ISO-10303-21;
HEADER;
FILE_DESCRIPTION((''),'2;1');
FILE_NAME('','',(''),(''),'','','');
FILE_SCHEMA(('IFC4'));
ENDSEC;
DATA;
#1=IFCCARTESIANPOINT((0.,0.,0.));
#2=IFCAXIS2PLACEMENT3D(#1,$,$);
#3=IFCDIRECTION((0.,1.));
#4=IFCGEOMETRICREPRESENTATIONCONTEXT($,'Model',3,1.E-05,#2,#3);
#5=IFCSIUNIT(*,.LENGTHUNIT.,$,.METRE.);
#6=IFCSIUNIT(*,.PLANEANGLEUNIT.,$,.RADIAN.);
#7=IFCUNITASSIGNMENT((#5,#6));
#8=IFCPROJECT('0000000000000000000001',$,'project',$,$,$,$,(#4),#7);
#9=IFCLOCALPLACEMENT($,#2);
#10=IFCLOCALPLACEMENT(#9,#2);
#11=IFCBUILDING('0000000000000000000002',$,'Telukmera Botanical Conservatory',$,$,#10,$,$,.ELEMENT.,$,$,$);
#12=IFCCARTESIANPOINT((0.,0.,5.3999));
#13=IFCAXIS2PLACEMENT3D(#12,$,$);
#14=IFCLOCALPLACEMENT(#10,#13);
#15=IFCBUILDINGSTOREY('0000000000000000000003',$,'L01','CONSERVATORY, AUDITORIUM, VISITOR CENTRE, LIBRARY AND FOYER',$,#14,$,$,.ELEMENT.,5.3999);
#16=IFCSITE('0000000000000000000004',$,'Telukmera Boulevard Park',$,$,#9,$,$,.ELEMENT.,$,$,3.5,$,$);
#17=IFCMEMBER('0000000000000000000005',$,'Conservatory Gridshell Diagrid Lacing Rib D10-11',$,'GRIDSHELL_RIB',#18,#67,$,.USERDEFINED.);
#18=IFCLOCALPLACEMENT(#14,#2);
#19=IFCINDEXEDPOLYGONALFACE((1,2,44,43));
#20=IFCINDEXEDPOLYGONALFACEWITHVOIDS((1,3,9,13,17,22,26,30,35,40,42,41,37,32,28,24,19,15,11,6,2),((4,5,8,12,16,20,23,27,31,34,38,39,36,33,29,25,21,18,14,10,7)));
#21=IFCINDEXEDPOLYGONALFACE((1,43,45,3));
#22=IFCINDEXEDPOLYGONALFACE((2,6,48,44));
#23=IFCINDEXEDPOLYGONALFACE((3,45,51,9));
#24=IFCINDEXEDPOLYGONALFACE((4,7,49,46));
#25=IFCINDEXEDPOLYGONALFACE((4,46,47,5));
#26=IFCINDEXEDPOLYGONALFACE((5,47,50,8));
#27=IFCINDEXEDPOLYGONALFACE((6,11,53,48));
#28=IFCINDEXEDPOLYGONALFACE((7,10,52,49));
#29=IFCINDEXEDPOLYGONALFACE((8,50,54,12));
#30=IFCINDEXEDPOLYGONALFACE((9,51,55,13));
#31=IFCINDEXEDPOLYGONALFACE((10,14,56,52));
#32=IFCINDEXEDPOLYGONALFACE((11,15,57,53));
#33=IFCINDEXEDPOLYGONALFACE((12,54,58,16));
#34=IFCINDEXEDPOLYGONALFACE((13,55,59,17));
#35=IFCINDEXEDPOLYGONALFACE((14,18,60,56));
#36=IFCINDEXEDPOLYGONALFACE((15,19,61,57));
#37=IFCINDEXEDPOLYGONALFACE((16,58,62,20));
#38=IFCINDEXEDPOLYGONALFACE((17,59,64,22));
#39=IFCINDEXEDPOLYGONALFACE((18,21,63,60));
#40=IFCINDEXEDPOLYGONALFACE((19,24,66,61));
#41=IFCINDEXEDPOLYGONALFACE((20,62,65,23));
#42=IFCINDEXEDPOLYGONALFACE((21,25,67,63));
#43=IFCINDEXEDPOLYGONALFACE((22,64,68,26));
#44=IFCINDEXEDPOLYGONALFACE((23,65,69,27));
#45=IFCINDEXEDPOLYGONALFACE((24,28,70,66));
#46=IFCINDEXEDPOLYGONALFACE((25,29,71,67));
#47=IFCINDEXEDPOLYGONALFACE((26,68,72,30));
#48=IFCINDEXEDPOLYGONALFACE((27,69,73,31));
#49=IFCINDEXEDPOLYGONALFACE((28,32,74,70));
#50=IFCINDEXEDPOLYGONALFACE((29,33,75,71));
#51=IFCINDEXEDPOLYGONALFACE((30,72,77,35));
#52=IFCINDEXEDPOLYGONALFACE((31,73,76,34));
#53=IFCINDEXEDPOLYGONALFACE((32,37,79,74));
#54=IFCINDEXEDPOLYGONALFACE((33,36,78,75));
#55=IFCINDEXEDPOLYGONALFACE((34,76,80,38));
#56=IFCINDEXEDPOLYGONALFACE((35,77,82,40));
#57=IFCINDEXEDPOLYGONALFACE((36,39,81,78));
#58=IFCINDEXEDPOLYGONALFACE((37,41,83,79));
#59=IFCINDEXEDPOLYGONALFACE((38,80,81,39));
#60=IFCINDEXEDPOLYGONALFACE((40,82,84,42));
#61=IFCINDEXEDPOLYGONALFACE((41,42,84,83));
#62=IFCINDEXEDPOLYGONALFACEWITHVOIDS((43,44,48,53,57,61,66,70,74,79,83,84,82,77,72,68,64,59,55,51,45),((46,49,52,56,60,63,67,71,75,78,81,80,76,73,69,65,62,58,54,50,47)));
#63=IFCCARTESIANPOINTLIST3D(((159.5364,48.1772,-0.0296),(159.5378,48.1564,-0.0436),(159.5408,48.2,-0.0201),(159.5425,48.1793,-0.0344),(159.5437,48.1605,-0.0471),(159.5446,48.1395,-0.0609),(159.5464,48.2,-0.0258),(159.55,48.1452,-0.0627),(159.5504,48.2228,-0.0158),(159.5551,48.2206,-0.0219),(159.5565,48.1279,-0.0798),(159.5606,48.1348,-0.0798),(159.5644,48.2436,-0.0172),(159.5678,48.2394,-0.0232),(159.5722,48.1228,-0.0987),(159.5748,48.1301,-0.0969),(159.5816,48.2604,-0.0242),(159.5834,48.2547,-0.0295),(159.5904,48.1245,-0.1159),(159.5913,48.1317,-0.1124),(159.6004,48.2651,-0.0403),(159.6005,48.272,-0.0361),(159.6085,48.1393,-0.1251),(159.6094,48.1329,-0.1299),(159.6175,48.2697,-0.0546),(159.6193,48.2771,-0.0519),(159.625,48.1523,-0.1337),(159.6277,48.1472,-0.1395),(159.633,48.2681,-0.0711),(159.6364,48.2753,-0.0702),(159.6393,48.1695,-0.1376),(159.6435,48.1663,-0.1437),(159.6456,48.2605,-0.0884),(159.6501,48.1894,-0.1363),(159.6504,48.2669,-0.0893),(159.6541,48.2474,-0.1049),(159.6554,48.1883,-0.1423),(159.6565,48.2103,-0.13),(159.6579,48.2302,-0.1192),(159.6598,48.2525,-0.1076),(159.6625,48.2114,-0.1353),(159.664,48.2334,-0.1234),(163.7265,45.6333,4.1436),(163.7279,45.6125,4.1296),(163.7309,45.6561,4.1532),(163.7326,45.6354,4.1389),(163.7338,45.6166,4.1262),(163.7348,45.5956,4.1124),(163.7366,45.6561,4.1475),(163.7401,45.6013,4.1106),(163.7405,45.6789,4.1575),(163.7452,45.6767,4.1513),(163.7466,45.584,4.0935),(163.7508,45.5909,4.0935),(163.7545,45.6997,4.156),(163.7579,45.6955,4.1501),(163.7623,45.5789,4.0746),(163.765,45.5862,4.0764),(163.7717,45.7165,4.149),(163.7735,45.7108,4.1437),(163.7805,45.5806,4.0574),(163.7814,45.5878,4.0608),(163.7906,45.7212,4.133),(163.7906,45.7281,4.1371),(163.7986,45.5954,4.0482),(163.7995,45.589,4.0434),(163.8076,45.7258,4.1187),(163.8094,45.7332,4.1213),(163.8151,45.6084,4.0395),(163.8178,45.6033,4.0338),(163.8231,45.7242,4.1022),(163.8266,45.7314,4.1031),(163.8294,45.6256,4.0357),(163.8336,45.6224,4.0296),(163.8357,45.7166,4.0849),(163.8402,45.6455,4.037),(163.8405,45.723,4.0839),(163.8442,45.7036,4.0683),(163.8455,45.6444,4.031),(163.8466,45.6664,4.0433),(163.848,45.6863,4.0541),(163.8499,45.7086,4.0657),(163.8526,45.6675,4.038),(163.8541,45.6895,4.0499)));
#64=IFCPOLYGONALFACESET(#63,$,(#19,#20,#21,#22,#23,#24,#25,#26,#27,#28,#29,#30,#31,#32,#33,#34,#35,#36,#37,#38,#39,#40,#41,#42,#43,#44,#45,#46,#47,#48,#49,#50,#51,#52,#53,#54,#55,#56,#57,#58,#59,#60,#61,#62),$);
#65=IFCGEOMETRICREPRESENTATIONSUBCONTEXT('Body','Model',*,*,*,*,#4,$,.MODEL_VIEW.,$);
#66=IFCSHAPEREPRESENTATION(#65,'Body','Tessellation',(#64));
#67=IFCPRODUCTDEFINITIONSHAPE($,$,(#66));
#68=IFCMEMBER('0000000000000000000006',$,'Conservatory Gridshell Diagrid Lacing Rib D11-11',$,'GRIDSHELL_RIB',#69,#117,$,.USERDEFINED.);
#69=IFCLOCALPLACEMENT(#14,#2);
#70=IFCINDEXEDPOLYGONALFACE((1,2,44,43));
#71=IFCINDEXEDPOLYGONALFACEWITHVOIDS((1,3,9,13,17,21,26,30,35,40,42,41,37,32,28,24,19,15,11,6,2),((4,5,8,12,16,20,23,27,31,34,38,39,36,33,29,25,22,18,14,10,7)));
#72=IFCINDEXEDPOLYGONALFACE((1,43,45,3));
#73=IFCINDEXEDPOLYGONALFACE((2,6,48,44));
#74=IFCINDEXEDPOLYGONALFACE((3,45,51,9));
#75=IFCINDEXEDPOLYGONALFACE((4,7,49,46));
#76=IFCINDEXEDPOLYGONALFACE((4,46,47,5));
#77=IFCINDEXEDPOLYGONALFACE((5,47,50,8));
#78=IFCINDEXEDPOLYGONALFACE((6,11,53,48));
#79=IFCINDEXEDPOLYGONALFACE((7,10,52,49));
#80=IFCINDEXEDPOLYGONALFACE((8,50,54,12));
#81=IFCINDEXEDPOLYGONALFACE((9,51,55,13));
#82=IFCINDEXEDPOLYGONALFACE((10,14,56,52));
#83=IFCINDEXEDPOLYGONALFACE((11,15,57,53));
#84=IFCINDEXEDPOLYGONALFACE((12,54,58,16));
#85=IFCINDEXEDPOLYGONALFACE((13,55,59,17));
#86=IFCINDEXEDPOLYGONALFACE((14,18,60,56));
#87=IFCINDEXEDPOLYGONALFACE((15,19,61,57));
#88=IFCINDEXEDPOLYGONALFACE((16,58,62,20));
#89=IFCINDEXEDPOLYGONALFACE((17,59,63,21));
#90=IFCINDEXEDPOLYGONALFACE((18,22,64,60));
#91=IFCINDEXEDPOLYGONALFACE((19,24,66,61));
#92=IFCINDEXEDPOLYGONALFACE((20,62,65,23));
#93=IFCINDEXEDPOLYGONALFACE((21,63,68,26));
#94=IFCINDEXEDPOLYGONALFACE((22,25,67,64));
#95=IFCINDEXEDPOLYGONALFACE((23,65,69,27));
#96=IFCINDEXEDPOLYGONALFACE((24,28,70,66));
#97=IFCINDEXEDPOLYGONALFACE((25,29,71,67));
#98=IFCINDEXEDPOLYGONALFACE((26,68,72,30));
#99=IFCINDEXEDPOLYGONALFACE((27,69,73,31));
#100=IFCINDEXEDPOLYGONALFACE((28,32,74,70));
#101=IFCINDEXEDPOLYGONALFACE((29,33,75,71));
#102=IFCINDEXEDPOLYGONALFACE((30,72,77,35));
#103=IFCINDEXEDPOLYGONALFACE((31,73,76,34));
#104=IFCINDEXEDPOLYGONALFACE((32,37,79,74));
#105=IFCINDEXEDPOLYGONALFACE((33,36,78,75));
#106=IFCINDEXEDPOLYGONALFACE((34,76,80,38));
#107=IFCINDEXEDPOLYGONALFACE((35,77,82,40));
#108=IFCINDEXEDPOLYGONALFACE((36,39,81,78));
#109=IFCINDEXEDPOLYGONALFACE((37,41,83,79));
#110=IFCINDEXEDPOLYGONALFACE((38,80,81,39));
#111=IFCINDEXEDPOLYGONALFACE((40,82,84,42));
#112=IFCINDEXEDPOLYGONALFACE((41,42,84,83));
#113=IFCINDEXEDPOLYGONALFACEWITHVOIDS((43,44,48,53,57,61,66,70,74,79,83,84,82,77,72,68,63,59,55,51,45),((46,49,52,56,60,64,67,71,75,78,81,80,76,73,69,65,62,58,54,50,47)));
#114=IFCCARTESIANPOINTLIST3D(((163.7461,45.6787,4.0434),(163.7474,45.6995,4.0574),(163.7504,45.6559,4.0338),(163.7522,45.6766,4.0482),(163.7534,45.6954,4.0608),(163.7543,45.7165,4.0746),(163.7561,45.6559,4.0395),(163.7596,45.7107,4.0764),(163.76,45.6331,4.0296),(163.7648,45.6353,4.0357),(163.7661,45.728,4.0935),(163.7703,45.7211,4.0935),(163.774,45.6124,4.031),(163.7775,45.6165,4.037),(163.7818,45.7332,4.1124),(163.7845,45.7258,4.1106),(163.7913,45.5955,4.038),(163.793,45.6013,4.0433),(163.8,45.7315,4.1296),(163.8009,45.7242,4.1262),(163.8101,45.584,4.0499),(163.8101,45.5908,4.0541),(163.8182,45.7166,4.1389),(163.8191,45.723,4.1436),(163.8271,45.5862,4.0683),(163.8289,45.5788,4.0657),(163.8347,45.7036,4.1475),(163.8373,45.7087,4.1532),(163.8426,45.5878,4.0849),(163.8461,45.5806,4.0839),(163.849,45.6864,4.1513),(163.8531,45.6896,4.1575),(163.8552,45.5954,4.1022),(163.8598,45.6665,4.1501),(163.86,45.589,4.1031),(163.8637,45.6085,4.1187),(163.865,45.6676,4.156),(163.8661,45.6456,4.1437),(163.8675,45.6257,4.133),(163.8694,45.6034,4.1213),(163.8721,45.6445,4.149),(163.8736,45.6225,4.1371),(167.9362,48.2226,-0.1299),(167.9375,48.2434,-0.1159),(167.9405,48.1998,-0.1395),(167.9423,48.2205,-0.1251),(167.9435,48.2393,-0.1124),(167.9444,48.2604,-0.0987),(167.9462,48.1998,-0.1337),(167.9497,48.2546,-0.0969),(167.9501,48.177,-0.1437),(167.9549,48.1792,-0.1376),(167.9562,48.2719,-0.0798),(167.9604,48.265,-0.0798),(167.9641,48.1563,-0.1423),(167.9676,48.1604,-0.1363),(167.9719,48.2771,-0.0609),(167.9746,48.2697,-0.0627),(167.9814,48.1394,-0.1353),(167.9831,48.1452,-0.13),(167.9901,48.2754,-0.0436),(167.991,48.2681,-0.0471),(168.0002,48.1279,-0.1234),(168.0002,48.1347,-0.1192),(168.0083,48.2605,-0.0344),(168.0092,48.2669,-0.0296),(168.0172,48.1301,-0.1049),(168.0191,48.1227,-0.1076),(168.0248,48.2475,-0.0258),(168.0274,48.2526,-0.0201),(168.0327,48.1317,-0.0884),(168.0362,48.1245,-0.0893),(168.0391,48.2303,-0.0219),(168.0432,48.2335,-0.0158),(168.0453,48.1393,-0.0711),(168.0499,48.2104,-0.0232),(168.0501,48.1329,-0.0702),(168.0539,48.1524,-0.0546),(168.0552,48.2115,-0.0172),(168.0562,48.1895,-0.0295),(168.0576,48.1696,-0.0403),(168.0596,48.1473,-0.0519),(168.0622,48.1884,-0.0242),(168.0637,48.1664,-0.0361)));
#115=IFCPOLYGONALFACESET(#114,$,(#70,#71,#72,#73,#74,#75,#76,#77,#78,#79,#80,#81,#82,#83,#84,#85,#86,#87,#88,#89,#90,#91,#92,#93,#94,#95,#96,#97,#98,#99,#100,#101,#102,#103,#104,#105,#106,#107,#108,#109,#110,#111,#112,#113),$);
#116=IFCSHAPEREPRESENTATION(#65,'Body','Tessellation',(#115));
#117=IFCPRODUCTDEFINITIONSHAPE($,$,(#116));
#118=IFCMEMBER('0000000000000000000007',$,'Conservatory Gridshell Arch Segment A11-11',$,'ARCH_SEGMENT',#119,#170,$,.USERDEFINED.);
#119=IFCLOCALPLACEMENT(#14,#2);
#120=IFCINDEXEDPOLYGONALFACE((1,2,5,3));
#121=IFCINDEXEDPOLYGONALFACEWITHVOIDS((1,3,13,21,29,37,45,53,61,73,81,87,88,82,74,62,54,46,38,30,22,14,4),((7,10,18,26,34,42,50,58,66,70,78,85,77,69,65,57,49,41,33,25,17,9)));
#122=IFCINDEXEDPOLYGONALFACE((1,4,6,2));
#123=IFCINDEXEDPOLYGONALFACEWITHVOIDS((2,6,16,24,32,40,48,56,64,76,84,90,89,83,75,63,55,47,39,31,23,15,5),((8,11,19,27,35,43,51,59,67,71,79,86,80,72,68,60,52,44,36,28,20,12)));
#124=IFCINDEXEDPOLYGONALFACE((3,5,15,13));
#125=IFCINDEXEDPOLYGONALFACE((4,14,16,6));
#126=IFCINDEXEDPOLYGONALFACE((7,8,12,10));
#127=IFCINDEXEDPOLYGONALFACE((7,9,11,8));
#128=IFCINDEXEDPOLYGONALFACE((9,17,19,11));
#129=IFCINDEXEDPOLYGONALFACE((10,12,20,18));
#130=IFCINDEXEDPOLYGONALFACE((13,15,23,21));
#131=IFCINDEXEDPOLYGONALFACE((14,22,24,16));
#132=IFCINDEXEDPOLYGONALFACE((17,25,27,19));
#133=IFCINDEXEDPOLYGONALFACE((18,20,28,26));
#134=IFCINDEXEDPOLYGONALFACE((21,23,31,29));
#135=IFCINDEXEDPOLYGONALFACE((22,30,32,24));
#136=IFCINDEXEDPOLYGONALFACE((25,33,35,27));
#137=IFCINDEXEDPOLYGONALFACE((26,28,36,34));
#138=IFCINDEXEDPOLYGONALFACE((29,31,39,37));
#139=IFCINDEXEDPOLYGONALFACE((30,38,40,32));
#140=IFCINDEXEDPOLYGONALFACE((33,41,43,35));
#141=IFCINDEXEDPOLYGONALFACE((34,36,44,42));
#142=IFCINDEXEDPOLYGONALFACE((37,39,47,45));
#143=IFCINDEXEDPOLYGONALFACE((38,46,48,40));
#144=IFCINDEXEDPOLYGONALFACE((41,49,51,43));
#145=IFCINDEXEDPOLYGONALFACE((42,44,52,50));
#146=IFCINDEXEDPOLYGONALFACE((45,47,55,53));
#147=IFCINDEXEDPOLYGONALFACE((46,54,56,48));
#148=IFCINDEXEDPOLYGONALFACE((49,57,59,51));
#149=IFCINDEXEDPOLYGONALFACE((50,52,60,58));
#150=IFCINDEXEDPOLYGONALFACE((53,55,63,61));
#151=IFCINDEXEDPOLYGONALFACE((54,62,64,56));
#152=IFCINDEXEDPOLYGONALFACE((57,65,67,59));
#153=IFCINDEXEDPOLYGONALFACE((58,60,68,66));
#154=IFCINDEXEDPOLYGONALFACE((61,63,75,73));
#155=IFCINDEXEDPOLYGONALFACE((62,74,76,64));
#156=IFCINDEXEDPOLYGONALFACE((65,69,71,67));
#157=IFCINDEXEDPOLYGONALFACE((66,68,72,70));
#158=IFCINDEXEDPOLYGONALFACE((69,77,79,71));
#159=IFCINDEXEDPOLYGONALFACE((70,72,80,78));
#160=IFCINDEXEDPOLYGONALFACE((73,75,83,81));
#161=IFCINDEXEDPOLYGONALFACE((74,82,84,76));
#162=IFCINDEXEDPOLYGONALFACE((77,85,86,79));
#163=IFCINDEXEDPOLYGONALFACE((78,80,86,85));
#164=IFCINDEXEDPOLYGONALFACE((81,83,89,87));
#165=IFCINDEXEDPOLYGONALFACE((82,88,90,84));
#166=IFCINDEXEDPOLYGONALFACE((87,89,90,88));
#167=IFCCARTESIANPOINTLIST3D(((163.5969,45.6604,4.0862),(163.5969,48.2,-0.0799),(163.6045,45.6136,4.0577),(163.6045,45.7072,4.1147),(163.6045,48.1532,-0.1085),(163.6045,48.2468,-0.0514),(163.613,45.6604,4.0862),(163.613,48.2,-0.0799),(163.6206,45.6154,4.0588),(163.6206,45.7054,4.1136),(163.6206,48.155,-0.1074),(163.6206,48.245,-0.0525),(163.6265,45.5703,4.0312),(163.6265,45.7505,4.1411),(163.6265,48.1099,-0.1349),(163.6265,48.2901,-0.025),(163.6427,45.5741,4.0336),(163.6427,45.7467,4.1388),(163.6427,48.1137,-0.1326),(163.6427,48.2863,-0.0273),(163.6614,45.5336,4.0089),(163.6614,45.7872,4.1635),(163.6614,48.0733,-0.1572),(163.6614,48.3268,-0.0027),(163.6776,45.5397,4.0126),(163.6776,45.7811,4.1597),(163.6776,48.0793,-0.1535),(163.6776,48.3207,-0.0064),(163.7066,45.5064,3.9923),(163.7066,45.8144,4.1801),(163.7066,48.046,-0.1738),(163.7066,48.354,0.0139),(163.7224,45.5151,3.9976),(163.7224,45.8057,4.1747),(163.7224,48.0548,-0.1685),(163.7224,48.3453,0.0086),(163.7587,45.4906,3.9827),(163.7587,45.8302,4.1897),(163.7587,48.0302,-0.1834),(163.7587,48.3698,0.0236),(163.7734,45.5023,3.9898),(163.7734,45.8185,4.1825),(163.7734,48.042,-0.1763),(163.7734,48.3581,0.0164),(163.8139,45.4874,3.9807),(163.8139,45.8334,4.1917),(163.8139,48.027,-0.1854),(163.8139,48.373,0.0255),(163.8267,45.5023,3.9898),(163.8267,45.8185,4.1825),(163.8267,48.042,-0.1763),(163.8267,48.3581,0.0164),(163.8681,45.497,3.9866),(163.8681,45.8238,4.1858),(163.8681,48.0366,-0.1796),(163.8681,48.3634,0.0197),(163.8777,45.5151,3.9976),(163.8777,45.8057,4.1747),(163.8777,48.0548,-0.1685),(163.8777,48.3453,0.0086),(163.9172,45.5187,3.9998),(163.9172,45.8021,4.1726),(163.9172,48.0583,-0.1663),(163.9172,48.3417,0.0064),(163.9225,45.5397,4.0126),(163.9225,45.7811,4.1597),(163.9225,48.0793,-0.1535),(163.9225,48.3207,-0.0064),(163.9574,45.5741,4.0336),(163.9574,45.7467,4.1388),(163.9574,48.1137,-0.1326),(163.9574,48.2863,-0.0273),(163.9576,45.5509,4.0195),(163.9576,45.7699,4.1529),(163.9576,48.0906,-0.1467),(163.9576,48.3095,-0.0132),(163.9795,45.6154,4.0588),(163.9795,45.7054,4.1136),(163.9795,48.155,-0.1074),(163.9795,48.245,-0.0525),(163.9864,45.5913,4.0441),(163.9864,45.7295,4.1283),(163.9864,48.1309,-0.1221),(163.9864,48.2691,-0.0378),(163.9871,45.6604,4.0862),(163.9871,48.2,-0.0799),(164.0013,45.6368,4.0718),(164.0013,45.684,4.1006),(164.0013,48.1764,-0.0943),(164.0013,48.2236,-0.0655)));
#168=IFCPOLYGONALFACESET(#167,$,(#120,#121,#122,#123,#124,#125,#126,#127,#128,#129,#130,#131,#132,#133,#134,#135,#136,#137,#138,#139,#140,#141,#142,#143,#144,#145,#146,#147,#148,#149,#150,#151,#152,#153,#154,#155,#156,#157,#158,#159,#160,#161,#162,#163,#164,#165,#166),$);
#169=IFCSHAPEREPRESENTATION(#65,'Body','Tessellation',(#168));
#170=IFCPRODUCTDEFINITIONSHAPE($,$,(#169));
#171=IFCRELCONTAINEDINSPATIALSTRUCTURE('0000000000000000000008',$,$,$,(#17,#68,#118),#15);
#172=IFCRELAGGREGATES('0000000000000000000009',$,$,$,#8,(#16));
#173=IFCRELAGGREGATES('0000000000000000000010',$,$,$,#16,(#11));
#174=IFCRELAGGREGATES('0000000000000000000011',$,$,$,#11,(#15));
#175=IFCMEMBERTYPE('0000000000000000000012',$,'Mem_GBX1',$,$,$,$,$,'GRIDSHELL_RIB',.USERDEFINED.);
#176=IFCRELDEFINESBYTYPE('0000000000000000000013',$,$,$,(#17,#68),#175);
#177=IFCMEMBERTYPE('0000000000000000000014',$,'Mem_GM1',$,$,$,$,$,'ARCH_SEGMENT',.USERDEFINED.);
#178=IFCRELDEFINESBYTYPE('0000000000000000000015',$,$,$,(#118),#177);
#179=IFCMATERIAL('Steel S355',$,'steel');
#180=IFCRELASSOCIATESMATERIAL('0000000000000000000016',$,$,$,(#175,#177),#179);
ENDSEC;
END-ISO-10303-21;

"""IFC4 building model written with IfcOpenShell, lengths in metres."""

from ifc_helpers import new_model, si_unit, direction, frame, origin, origin_2d, place, context, subcontext, project, spatial, hollow_circle, extrude, material, material_profile, profile_set, type_object, element, save


model = new_model("IFC4")

# Units and contexts
model_context = context("Model", 3, precision=1e-05, world=origin(), true_north=direction((0.0, 1.0)))
body_context = subcontext(model_context, "Body", "Model", "MODEL_VIEW")
ifc_project = project(units=[si_unit("LENGTHUNIT", "METRE"), si_unit("PLANEANGLEUNIT", "RADIAN")], contexts=[model_context])

# Site, building, storey
site_placement = place(None, origin())
site = spatial("IfcSite", under=ifc_project, at=site_placement, Name="Telukmera Boulevard Park", CompositionType="ELEMENT", RefElevation=3.5)
building_placement = place(site_placement, origin())
building = spatial("IfcBuilding", under=site, at=building_placement, Name="Telukmera Botanical Conservatory", CompositionType="ELEMENT")
storey_placement = place(building_placement, frame((0.0, 0.0, 5.3999)))
storey = spatial("IfcBuildingStorey", under=building, at=storey_placement, Name="L01", Description="CONSERVATORY, AUDITORIUM, VISITOR CENTRE, LIBRARY AND FOYER", CompositionType="ELEMENT", Elevation=5.3999)

# Shared definitions
ifc_material_1 = material(Name="Steel S355", Category="steel")

# Members
ifc_material_profile_1 = material_profile(ifc_material_1, hollow_circle(Radius=0.0842, WallThickness=0.0081, at=origin_2d()), Name="CHS 168.3x8.0")
ifc_profile_set_1 = profile_set([ifc_material_profile_1], Name="Steel S355")
member_type_1 = type_object("IfcMemberType", Name="Mem_GBX1", ElementType="GRIDSHELL_RIB", PredefinedType="USERDEFINED", material=ifc_profile_set_1)
for number, where, z_axis, x_axis, name in (
    (1, (163.7903, 45.656, 4.0935), (-0.650866, 0.395154, -0.648249), (-0.518964, -0.854796, 0.0), "Conservatory Gridshell Diagrid Lacing Rib D10-11"),
    (2, (163.8098, 45.656, 4.0935), (0.650866, 0.395154, -0.648249), (-0.518964, 0.854796, 0.0), "Conservatory Gridshell Diagrid Lacing Rib D11-11"),
):
    element("IfcMember", number, at=place(storey_placement, frame(where, z_axis=z_axis, x_axis=x_axis)), inside=storey, type_object=member_type_1, Name=name, ObjectType="GRIDSHELL_RIB", PredefinedType="USERDEFINED", context=body_context, shape_type="SweptSolid", body=[
        extrude(hollow_circle(Radius=0.0842, WallThickness=0.0081, at=origin_2d()), origin(), (0.0, 0.0, 1.0), 6.4377),
    ])
ifc_material_profile_2 = material_profile(ifc_material_1, hollow_circle(Radius=0.2031, WallThickness=0.0161, at=origin_2d()), Name="CHS 406.4x16.0")
ifc_profile_set_2 = profile_set([ifc_material_profile_2], Name="Steel S355")
member_type_2 = type_object("IfcMemberType", Name="Mem_GM1", ElementType="ARCH_SEGMENT", PredefinedType="USERDEFINED", material=ifc_profile_set_2)
member_1_placement = place(storey_placement, frame((163.8, 45.6604, 4.0862), z_axis=(0.0, 0.520502, -0.85386), x_axis=(-1.0, 0.0, 0.0)))
element("IfcMember", 3, at=member_1_placement, inside=storey, type_object=member_type_2, Name="Conservatory Gridshell Arch Segment A11-11", ObjectType="ARCH_SEGMENT", PredefinedType="USERDEFINED", context=body_context, shape_type="SweptSolid", body=[
    extrude(hollow_circle(Radius=0.2031, WallThickness=0.0161, at=origin_2d()), origin(), (0.0, 0.0, 1.0), 4.8792),
])

save(model, "model.ifc")
